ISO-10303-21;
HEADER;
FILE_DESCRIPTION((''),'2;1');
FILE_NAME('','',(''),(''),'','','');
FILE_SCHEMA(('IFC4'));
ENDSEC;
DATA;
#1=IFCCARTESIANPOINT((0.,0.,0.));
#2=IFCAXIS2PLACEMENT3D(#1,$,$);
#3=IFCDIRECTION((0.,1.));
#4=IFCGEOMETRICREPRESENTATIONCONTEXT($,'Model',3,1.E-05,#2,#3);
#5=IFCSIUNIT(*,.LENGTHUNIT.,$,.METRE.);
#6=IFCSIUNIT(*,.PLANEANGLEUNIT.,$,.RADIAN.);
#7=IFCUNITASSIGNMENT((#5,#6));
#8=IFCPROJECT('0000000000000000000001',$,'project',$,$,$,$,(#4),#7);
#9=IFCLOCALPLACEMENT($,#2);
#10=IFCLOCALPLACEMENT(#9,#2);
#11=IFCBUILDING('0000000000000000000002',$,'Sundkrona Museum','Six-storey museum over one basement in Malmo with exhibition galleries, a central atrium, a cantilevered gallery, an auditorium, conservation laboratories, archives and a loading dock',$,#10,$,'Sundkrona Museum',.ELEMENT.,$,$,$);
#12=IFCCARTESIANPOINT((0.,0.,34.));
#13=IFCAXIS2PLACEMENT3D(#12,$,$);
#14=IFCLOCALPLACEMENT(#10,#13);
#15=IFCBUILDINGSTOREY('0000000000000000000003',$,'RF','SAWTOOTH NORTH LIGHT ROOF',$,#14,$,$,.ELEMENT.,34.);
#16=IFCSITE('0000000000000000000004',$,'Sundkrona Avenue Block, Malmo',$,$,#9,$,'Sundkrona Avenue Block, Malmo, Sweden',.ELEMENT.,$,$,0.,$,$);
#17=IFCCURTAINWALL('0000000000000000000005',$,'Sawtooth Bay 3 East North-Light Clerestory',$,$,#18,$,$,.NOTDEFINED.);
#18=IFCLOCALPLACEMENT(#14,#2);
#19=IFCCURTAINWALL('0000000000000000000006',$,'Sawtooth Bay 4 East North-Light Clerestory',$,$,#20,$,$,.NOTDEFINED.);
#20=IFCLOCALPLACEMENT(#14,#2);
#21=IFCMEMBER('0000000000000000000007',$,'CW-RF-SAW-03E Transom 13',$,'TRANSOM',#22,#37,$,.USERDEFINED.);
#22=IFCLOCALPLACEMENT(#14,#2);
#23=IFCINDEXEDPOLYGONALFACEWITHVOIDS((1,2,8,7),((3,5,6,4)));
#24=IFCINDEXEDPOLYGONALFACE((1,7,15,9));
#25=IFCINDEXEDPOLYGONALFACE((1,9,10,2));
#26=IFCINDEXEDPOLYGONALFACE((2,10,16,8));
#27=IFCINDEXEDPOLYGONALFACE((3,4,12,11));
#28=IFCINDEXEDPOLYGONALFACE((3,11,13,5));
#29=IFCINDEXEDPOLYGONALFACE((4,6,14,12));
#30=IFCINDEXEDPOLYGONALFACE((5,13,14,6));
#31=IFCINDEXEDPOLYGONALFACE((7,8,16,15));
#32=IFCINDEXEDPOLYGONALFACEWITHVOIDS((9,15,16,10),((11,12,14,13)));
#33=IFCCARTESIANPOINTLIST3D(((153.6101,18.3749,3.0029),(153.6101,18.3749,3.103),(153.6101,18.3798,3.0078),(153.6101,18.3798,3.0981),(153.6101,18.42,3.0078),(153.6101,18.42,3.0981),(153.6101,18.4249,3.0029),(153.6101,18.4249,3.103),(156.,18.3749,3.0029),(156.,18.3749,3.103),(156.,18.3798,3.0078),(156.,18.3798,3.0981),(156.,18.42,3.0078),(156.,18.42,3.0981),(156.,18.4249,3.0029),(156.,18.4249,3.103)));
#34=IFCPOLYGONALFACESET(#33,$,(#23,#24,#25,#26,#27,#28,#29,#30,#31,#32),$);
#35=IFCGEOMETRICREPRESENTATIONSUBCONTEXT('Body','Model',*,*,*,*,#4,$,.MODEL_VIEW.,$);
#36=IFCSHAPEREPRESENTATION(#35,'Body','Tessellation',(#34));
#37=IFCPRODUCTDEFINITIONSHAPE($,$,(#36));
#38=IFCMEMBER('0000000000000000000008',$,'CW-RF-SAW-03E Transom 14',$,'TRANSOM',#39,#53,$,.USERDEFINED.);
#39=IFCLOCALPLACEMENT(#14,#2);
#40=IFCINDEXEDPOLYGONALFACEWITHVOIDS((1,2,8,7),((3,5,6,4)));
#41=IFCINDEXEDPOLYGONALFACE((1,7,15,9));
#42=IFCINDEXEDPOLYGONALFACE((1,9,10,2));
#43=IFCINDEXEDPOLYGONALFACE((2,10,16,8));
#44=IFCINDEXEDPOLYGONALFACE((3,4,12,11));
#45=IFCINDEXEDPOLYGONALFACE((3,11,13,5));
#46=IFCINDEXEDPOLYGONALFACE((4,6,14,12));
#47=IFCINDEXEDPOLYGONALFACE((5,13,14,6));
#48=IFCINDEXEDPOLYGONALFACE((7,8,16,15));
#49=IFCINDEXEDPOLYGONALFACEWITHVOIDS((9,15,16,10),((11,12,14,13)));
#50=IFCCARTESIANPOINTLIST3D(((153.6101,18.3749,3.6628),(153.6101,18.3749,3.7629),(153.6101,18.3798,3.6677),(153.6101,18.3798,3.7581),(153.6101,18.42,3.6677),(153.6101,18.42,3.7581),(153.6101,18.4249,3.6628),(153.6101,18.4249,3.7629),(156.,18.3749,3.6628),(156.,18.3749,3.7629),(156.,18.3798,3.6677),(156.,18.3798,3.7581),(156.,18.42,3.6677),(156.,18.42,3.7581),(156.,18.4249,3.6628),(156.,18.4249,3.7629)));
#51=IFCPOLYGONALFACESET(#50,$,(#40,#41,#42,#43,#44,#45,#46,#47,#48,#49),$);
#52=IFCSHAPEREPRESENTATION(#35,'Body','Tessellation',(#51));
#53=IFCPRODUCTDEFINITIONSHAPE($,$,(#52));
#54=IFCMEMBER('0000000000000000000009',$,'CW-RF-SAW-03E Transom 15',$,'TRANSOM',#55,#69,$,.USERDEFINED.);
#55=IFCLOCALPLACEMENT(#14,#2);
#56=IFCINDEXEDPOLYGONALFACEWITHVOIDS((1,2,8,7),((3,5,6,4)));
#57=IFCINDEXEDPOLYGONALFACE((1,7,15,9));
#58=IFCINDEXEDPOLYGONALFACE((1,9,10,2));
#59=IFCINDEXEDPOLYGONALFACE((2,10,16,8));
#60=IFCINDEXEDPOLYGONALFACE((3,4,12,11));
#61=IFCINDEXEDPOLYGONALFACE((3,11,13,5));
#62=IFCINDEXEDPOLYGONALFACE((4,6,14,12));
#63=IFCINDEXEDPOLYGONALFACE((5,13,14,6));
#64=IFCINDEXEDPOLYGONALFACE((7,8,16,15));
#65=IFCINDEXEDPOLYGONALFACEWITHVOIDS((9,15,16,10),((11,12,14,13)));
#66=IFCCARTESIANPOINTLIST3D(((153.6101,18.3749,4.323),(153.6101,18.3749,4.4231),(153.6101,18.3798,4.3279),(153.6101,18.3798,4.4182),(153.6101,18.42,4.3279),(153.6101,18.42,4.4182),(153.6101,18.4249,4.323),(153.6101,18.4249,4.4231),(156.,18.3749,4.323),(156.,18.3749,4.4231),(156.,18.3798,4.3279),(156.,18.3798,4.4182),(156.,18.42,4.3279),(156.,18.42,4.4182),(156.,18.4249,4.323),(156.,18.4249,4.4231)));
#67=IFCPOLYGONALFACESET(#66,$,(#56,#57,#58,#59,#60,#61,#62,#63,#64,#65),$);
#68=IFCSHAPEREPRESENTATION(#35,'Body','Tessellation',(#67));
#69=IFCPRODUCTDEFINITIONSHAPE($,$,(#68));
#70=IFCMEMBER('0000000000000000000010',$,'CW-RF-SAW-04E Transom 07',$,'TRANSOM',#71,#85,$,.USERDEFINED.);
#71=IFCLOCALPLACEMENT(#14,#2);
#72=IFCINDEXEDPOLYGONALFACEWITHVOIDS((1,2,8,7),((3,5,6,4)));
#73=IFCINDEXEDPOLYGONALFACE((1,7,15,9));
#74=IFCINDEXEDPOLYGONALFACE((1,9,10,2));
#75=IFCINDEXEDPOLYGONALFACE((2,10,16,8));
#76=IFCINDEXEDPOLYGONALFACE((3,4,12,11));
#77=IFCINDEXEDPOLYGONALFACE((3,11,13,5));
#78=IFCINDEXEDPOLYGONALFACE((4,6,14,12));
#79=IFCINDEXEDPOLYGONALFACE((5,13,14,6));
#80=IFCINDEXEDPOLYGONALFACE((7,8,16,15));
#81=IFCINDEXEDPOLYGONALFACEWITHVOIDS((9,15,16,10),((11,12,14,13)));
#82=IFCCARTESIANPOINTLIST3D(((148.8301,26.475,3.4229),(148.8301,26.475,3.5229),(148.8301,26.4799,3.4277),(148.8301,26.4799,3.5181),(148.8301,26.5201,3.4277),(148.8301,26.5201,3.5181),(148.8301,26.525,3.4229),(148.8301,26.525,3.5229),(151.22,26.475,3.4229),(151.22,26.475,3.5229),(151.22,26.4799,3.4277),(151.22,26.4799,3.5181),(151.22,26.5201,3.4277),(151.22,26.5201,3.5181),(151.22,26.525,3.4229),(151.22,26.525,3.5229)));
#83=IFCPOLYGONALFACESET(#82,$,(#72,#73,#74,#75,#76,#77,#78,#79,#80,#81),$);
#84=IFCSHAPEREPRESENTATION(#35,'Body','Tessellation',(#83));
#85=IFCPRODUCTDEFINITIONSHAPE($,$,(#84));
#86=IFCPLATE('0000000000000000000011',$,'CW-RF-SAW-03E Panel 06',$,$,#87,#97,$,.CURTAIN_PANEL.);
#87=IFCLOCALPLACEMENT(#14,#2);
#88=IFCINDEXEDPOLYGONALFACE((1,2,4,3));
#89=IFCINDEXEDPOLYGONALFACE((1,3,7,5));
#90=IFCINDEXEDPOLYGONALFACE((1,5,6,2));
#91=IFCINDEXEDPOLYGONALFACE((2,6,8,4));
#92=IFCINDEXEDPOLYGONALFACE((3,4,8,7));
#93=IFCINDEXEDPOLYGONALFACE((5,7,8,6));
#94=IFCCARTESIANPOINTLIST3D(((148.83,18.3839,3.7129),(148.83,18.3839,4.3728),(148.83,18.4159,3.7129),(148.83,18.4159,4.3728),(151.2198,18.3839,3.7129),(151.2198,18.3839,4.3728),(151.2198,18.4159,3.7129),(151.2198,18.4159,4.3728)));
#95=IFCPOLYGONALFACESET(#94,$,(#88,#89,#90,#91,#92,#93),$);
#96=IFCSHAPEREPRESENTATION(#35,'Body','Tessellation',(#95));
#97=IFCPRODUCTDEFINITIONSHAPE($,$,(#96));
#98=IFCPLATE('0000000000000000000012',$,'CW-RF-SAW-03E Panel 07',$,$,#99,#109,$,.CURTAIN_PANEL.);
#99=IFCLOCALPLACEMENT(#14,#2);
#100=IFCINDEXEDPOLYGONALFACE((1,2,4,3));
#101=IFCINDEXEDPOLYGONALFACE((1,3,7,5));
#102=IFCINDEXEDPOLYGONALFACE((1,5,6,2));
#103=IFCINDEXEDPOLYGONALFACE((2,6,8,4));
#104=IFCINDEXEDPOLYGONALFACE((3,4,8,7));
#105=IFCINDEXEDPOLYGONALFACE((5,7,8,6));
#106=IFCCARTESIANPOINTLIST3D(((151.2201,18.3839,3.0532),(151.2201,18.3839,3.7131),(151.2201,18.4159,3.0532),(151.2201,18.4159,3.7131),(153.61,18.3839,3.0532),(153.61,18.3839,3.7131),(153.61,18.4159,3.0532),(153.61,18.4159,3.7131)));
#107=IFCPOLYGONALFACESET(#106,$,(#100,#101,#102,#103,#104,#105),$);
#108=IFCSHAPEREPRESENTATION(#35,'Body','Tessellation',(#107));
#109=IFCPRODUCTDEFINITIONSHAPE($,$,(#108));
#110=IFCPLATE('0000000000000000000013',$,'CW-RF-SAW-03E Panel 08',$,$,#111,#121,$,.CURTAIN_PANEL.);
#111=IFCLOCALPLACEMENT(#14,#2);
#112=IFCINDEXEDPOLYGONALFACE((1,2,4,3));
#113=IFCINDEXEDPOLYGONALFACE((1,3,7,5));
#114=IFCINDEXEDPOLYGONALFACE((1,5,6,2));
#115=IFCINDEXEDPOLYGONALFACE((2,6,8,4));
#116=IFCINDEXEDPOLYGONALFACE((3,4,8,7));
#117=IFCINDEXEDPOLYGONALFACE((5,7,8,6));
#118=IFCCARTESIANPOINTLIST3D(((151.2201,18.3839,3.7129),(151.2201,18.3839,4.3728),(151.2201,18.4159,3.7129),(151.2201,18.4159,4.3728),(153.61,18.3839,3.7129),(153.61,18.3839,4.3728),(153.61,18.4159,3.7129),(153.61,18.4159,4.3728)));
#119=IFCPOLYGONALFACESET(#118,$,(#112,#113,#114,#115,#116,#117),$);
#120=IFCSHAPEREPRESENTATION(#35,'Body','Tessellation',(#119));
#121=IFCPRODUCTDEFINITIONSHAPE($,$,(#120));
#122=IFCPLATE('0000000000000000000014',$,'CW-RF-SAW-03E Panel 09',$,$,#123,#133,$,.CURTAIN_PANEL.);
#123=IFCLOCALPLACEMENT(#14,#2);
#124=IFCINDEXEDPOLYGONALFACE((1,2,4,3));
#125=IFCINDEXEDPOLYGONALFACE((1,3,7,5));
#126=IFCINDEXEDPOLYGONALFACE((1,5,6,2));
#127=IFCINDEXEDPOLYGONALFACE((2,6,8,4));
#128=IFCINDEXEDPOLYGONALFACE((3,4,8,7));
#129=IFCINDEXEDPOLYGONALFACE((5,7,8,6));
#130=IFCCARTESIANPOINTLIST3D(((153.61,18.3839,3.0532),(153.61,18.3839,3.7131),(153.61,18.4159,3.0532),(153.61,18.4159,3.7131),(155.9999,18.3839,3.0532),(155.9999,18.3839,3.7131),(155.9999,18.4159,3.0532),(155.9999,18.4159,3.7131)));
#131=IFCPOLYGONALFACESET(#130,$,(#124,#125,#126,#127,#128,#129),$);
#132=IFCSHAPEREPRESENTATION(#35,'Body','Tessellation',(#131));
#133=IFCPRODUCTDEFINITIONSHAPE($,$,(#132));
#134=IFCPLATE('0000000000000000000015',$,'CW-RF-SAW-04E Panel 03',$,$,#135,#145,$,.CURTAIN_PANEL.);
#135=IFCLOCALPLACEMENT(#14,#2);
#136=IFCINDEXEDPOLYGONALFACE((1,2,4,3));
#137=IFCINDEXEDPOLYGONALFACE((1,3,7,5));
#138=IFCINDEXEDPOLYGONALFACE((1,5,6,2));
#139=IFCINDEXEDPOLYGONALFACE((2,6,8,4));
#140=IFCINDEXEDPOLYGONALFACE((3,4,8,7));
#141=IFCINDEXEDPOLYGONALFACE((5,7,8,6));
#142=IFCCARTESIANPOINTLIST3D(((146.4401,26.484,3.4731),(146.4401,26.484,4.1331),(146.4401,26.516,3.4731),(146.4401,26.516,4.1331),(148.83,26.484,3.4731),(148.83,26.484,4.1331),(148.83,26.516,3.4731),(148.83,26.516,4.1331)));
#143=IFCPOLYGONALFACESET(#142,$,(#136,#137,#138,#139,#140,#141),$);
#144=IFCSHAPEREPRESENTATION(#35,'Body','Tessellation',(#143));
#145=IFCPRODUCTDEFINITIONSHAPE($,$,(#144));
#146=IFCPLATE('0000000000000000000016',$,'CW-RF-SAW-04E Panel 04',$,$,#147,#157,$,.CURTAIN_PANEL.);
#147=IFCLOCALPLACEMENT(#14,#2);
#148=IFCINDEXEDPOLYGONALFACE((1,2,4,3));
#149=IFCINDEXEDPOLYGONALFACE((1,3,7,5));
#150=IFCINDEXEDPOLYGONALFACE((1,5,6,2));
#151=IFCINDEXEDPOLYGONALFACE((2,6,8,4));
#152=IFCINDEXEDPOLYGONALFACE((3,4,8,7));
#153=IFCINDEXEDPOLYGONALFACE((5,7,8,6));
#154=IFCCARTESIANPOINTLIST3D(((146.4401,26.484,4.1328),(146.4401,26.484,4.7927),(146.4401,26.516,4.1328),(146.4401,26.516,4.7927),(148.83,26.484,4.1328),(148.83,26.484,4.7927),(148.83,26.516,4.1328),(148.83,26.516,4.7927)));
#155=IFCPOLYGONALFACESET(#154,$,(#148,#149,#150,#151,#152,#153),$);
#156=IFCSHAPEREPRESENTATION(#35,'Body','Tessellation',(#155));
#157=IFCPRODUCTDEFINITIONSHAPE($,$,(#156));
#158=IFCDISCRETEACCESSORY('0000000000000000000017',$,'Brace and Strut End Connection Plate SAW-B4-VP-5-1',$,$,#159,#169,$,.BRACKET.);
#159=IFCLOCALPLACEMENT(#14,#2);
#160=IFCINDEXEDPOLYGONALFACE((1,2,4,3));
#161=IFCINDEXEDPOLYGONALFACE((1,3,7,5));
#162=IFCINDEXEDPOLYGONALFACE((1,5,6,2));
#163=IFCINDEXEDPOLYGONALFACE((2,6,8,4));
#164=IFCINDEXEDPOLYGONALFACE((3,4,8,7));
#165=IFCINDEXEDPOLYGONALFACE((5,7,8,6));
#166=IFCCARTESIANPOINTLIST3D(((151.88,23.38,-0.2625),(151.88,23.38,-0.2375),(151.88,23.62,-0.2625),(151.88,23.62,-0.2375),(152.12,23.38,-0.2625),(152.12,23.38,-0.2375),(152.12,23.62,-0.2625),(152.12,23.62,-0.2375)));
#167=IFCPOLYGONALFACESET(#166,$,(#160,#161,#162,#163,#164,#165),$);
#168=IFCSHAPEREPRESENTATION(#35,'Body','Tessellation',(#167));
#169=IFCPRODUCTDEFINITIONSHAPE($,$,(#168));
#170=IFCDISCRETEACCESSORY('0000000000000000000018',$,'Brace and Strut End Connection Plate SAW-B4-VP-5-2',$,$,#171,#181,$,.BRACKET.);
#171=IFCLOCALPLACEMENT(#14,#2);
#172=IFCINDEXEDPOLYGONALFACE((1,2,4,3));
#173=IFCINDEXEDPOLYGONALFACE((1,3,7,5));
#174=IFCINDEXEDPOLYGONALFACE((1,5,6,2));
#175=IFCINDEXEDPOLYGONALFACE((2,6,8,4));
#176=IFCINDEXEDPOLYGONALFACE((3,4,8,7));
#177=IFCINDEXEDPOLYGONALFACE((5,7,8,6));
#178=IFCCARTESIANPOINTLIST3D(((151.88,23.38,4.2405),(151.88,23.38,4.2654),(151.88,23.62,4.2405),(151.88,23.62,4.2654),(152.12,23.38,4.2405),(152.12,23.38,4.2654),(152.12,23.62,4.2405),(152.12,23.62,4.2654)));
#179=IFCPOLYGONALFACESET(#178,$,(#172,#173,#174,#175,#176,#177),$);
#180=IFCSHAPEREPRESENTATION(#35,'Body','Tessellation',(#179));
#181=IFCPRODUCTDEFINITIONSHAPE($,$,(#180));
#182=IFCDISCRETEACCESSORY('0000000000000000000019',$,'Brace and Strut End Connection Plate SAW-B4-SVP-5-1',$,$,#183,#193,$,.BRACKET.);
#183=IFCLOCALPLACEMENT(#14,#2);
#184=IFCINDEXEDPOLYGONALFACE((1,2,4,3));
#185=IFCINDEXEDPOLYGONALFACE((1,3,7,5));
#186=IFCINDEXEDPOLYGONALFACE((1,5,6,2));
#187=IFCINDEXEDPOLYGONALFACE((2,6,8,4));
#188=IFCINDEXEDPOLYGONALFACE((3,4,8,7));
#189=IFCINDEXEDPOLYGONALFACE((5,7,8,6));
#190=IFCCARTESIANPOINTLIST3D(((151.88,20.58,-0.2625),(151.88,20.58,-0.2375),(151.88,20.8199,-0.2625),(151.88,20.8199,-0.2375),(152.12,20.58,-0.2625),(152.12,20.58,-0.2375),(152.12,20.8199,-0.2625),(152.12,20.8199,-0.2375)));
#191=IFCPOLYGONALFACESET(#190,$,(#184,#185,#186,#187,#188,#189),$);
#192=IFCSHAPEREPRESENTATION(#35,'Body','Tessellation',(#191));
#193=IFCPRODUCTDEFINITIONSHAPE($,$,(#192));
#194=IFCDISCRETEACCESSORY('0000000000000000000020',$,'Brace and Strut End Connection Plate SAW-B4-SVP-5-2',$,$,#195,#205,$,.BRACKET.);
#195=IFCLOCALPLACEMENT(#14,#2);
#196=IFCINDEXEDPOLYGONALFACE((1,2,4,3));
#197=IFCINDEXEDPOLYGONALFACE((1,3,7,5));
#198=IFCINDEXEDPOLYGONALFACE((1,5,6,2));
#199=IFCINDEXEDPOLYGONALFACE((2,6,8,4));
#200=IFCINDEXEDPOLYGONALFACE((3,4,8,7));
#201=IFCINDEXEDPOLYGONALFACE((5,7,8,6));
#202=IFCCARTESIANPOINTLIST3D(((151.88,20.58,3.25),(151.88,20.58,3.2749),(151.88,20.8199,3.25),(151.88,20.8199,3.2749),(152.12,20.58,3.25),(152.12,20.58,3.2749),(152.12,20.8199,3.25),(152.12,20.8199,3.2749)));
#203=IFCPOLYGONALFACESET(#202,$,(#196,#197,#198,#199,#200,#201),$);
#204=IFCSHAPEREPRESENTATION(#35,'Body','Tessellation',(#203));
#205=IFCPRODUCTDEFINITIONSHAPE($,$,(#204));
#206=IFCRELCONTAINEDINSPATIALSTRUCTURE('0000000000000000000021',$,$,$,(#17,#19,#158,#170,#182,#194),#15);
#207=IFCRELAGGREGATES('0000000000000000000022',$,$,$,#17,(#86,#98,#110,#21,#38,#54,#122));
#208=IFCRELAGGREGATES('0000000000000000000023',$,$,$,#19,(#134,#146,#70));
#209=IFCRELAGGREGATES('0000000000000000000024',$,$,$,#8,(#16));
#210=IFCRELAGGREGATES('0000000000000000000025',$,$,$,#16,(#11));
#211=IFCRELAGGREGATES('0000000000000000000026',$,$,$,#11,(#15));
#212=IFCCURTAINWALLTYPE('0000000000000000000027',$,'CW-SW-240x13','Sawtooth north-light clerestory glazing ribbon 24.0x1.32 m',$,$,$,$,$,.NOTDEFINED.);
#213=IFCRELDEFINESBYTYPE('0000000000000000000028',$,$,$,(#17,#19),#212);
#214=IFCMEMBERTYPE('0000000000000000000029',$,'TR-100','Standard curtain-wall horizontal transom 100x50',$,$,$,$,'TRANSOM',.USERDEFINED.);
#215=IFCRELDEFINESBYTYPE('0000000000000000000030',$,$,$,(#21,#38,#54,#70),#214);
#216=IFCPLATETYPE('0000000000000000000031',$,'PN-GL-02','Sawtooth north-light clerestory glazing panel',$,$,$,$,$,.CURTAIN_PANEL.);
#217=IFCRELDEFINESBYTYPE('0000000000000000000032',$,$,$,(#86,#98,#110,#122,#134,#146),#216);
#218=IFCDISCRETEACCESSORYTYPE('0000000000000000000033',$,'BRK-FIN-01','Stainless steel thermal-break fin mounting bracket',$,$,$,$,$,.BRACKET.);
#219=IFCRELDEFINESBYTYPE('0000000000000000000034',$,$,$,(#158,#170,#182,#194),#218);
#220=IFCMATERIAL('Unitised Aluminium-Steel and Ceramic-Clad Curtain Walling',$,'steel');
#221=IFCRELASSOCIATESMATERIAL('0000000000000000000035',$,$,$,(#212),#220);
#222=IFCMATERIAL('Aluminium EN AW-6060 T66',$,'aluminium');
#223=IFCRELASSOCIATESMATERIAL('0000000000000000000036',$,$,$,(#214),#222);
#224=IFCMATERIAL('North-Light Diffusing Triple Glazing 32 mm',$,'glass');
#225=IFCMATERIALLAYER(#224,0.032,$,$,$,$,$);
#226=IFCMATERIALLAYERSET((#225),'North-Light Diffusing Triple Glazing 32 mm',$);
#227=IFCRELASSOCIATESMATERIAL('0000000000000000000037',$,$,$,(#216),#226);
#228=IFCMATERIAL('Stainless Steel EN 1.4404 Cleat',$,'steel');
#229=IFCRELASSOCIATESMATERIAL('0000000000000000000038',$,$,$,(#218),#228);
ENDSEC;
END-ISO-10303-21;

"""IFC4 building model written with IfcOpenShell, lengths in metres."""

from ifc_helpers import new_model, si_unit, direction, frame, origin, origin_2d, place, context, subcontext, project, spatial, rectangle, hollow_rectangle, extrude, material, layer, layer_set, material_profile, profile_set, type_object, element, aggregate, save


model = new_model("IFC4")

# Units and contexts
model_context = context("Model", 3, precision=1e-05, world=origin(), true_north=direction((0.0, 1.0)))
body_context = subcontext(model_context, "Body", "Model", "MODEL_VIEW")
ifc_project = project(units=[si_unit("LENGTHUNIT", "METRE"), si_unit("PLANEANGLEUNIT", "RADIAN")], contexts=[model_context])

# Site, building, storey
site_placement = place(None, origin())
site = spatial("IfcSite", under=ifc_project, at=site_placement, Name="Sundkrona Avenue Block, Malmo", LongName="Sundkrona Avenue Block, Malmo, Sweden", CompositionType="ELEMENT", RefElevation=0.0)
building_placement = place(site_placement, origin())
building = spatial("IfcBuilding", under=site, at=building_placement, Name="Sundkrona Museum", Description="Six-storey museum over one basement in Malmo with exhibition galleries, a central atrium, a cantilevered gallery, an auditorium, conservation laboratories, archives and a loading dock", LongName="Sundkrona Museum", CompositionType="ELEMENT")
storey_placement = place(building_placement, frame((0.0, 0.0, 34.0)))
storey = spatial("IfcBuildingStorey", under=building, at=storey_placement, Name="RF", Description="SAWTOOTH NORTH LIGHT ROOF", CompositionType="ELEMENT", Elevation=34.0)

# Curtain wall
ifc_material_1 = material(Name="Unitised Aluminium-Steel and Ceramic-Clad Curtain Walling", Category="steel")
curtain_wall_type = type_object("IfcCurtainWallType", Name="CW-SW-240x13", Description="Sawtooth north-light clerestory glazing ribbon 24.0x1.32 m", PredefinedType="NOTDEFINED", material=ifc_material_1)
curtain_wall_1_placement = place(storey_placement, origin())
curtain_wall_1 = element("IfcCurtainWall", 1, at=curtain_wall_1_placement, inside=storey, type_object=curtain_wall_type, Name="Sawtooth Bay 3 East North-Light Clerestory", PredefinedType="NOTDEFINED")
ifc_material_2 = material(Name="Aluminium EN AW-6060 T66", Category="aluminium")

# Curtain wall
curtain_wall_2_placement = place(storey_placement, origin())
curtain_wall_2 = element("IfcCurtainWall", 2, at=curtain_wall_2_placement, inside=storey, type_object=curtain_wall_type, Name="Sawtooth Bay 4 East North-Light Clerestory", PredefinedType="NOTDEFINED")

# Members
ifc_material_profile_1 = material_profile(ifc_material_2, hollow_rectangle(XDim=0.05, YDim=0.1001, WallThickness=0.0049, at=origin_2d()), Name="RHS 100x50x5.0")
ifc_profile_set_1 = profile_set([ifc_material_profile_1], Name="Aluminium EN AW-6060 T66")
member_type_1 = type_object("IfcMemberType", Name="TR-100", Description="Standard curtain-wall horizontal transom 100x50", ElementType="TRANSOM", PredefinedType="USERDEFINED", material=ifc_profile_set_1)
member_1_placement = place(storey_placement, frame((153.6101, 18.3999, 3.053), z_axis=(1.0, 0.0, 0.0), x_axis=(0.0, 1.0, 0.0)))
member_1 = element("IfcMember", 3, at=member_1_placement, type_object=member_type_1, Name="CW-RF-SAW-03E Transom 13", ObjectType="TRANSOM", PredefinedType="USERDEFINED", context=body_context, shape_type="SweptSolid", body=[
    extrude(hollow_rectangle(XDim=0.05, YDim=0.1001, WallThickness=0.0049, at=origin_2d()), origin(), (0.0, 0.0, 1.0), 2.3899),
])
member_2_placement = place(storey_placement, frame((153.6101, 18.3999, 3.7129), z_axis=(1.0, 0.0, 0.0), x_axis=(0.0, 1.0, 0.0)))
member_2 = element("IfcMember", 4, at=member_2_placement, type_object=member_type_1, Name="CW-RF-SAW-03E Transom 14", ObjectType="TRANSOM", PredefinedType="USERDEFINED", context=body_context, shape_type="SweptSolid", body=[
    extrude(hollow_rectangle(XDim=0.05, YDim=0.1001, WallThickness=0.0049, at=origin_2d()), origin(), (0.0, 0.0, 1.0), 2.3899),
])
member_3_placement = place(storey_placement, frame((153.6101, 18.3999, 4.373), z_axis=(1.0, 0.0, 0.0), x_axis=(0.0, 1.0, 0.0)))
member_3 = element("IfcMember", 5, at=member_3_placement, type_object=member_type_1, Name="CW-RF-SAW-03E Transom 15", ObjectType="TRANSOM", PredefinedType="USERDEFINED", context=body_context, shape_type="SweptSolid", body=[
    extrude(hollow_rectangle(XDim=0.05, YDim=0.1001, WallThickness=0.0049, at=origin_2d()), origin(), (0.0, 0.0, 1.0), 2.3899),
])
member_4_placement = place(storey_placement, frame((148.8301, 26.5, 3.4729), z_axis=(1.0, 0.0, 0.0), x_axis=(0.0, 1.0, 0.0)))
member_4 = element("IfcMember", 6, at=member_4_placement, type_object=member_type_1, Name="CW-RF-SAW-04E Transom 07", ObjectType="TRANSOM", PredefinedType="USERDEFINED", context=body_context, shape_type="SweptSolid", body=[
    extrude(hollow_rectangle(XDim=0.05, YDim=0.1001, WallThickness=0.0049, at=origin_2d()), origin(), (0.0, 0.0, 1.0), 2.3899),
])

# Plates
ifc_material_3 = material(Name="North-Light Diffusing Triple Glazing 32 mm", Category="glass")
ifc_layer = layer(ifc_material_3, 0.032)
ifc_layer_set = layer_set([ifc_layer], Name="North-Light Diffusing Triple Glazing 32 mm")
plate_type = type_object("IfcPlateType", Name="PN-GL-02", Description="Sawtooth north-light clerestory glazing panel", PredefinedType="CURTAIN_PANEL", material=ifc_layer_set)
plate_1_placement = place(storey_placement, frame((150.0249, 18.3999, 3.7129), z_axis=(0.0, 0.0, 1.0), x_axis=(1.0, 0.0, 0.0)))
plate_1 = element("IfcPlate", 7, at=plate_1_placement, type_object=plate_type, Name="CW-RF-SAW-03E Panel 06", PredefinedType="CURTAIN_PANEL", context=body_context, shape_type="SweptSolid", body=[
    extrude(rectangle(XDim=2.3899, YDim=0.032, at=origin_2d()), origin(), (0.0, 0.0, 1.0), 0.6599),
])
plate_2_placement = place(storey_placement, frame((152.415, 18.3999, 3.0532), z_axis=(0.0, 0.0, 1.0), x_axis=(1.0, 0.0, 0.0)))
plate_2 = element("IfcPlate", 8, at=plate_2_placement, type_object=plate_type, Name="CW-RF-SAW-03E Panel 07", PredefinedType="CURTAIN_PANEL", context=body_context, shape_type="SweptSolid", body=[
    extrude(rectangle(XDim=2.3899, YDim=0.032, at=origin_2d()), origin(), (0.0, 0.0, 1.0), 0.6599),
])
plate_3_placement = place(storey_placement, frame((152.415, 18.3999, 3.7129), z_axis=(0.0, 0.0, 1.0), x_axis=(1.0, 0.0, 0.0)))
plate_3 = element("IfcPlate", 9, at=plate_3_placement, type_object=plate_type, Name="CW-RF-SAW-03E Panel 08", PredefinedType="CURTAIN_PANEL", context=body_context, shape_type="SweptSolid", body=[
    extrude(rectangle(XDim=2.3899, YDim=0.032, at=origin_2d()), origin(), (0.0, 0.0, 1.0), 0.6599),
])
plate_4_placement = place(storey_placement, frame((154.8049, 18.3999, 3.0532), z_axis=(0.0, 0.0, 1.0), x_axis=(1.0, 0.0, 0.0)))
plate_4 = element("IfcPlate", 10, at=plate_4_placement, type_object=plate_type, Name="CW-RF-SAW-03E Panel 09", PredefinedType="CURTAIN_PANEL", context=body_context, shape_type="SweptSolid", body=[
    extrude(rectangle(XDim=2.3899, YDim=0.032, at=origin_2d()), origin(), (0.0, 0.0, 1.0), 0.6599),
])
aggregate(curtain_wall_1, [plate_1, plate_2, plate_3, member_1, member_2, member_3, plate_4])
plate_5_placement = place(storey_placement, frame((147.635, 26.5, 3.4731), z_axis=(0.0, 0.0, 1.0), x_axis=(1.0, 0.0, 0.0)))
plate_5 = element("IfcPlate", 11, at=plate_5_placement, type_object=plate_type, Name="CW-RF-SAW-04E Panel 03", PredefinedType="CURTAIN_PANEL", context=body_context, shape_type="SweptSolid", body=[
    extrude(rectangle(XDim=2.3899, YDim=0.032, at=origin_2d()), origin(), (0.0, 0.0, 1.0), 0.6599),
])
plate_6_placement = place(storey_placement, frame((147.635, 26.5, 4.1328), z_axis=(0.0, 0.0, 1.0), x_axis=(1.0, 0.0, 0.0)))
plate_6 = element("IfcPlate", 12, at=plate_6_placement, type_object=plate_type, Name="CW-RF-SAW-04E Panel 04", PredefinedType="CURTAIN_PANEL", context=body_context, shape_type="SweptSolid", body=[
    extrude(rectangle(XDim=2.3899, YDim=0.032, at=origin_2d()), origin(), (0.0, 0.0, 1.0), 0.6599),
])
aggregate(curtain_wall_2, [plate_5, plate_6, member_4])

# Discrete accessories
ifc_material_4 = material(Name="Stainless Steel EN 1.4404 Cleat", Category="steel")
discrete_accessory_type = type_object("IfcDiscreteAccessoryType", Name="BRK-FIN-01", Description="Stainless steel thermal-break fin mounting bracket", PredefinedType="BRACKET", material=ifc_material_4)
for number, where, z_axis, x_axis, name in (
    (13, (152.0, 23.5, -0.2625), (0.0, 0.0, 1.0), (1.0, 0.0, 0.0), "Brace and Strut End Connection Plate SAW-B4-VP-5-1"),
    (14, (152.0, 23.5, 4.2405), (0.0, 0.0, 1.0), (1.0, 0.0, 0.0), "Brace and Strut End Connection Plate SAW-B4-VP-5-2"),
    (15, (152.0, 20.7, -0.2625), (0.0, 0.0, 1.0), (1.0, 0.0, 0.0), "Brace and Strut End Connection Plate SAW-B4-SVP-5-1"),
    (16, (152.0, 20.7, 3.25), (0.0, 0.0, 1.0), (1.0, 0.0, 0.0), "Brace and Strut End Connection Plate SAW-B4-SVP-5-2"),
):
    element("IfcDiscreteAccessory", number, at=place(storey_placement, frame(where, z_axis=z_axis, x_axis=x_axis)), inside=storey, type_object=discrete_accessory_type, Name=name, PredefinedType="BRACKET", context=body_context, shape_type="SweptSolid", body=[
        extrude(rectangle(XDim=0.24, YDim=0.24, at=origin_2d()), origin(), (0.0, 0.0, 1.0), 0.0249),
    ])

save(model, "model.ifc")
